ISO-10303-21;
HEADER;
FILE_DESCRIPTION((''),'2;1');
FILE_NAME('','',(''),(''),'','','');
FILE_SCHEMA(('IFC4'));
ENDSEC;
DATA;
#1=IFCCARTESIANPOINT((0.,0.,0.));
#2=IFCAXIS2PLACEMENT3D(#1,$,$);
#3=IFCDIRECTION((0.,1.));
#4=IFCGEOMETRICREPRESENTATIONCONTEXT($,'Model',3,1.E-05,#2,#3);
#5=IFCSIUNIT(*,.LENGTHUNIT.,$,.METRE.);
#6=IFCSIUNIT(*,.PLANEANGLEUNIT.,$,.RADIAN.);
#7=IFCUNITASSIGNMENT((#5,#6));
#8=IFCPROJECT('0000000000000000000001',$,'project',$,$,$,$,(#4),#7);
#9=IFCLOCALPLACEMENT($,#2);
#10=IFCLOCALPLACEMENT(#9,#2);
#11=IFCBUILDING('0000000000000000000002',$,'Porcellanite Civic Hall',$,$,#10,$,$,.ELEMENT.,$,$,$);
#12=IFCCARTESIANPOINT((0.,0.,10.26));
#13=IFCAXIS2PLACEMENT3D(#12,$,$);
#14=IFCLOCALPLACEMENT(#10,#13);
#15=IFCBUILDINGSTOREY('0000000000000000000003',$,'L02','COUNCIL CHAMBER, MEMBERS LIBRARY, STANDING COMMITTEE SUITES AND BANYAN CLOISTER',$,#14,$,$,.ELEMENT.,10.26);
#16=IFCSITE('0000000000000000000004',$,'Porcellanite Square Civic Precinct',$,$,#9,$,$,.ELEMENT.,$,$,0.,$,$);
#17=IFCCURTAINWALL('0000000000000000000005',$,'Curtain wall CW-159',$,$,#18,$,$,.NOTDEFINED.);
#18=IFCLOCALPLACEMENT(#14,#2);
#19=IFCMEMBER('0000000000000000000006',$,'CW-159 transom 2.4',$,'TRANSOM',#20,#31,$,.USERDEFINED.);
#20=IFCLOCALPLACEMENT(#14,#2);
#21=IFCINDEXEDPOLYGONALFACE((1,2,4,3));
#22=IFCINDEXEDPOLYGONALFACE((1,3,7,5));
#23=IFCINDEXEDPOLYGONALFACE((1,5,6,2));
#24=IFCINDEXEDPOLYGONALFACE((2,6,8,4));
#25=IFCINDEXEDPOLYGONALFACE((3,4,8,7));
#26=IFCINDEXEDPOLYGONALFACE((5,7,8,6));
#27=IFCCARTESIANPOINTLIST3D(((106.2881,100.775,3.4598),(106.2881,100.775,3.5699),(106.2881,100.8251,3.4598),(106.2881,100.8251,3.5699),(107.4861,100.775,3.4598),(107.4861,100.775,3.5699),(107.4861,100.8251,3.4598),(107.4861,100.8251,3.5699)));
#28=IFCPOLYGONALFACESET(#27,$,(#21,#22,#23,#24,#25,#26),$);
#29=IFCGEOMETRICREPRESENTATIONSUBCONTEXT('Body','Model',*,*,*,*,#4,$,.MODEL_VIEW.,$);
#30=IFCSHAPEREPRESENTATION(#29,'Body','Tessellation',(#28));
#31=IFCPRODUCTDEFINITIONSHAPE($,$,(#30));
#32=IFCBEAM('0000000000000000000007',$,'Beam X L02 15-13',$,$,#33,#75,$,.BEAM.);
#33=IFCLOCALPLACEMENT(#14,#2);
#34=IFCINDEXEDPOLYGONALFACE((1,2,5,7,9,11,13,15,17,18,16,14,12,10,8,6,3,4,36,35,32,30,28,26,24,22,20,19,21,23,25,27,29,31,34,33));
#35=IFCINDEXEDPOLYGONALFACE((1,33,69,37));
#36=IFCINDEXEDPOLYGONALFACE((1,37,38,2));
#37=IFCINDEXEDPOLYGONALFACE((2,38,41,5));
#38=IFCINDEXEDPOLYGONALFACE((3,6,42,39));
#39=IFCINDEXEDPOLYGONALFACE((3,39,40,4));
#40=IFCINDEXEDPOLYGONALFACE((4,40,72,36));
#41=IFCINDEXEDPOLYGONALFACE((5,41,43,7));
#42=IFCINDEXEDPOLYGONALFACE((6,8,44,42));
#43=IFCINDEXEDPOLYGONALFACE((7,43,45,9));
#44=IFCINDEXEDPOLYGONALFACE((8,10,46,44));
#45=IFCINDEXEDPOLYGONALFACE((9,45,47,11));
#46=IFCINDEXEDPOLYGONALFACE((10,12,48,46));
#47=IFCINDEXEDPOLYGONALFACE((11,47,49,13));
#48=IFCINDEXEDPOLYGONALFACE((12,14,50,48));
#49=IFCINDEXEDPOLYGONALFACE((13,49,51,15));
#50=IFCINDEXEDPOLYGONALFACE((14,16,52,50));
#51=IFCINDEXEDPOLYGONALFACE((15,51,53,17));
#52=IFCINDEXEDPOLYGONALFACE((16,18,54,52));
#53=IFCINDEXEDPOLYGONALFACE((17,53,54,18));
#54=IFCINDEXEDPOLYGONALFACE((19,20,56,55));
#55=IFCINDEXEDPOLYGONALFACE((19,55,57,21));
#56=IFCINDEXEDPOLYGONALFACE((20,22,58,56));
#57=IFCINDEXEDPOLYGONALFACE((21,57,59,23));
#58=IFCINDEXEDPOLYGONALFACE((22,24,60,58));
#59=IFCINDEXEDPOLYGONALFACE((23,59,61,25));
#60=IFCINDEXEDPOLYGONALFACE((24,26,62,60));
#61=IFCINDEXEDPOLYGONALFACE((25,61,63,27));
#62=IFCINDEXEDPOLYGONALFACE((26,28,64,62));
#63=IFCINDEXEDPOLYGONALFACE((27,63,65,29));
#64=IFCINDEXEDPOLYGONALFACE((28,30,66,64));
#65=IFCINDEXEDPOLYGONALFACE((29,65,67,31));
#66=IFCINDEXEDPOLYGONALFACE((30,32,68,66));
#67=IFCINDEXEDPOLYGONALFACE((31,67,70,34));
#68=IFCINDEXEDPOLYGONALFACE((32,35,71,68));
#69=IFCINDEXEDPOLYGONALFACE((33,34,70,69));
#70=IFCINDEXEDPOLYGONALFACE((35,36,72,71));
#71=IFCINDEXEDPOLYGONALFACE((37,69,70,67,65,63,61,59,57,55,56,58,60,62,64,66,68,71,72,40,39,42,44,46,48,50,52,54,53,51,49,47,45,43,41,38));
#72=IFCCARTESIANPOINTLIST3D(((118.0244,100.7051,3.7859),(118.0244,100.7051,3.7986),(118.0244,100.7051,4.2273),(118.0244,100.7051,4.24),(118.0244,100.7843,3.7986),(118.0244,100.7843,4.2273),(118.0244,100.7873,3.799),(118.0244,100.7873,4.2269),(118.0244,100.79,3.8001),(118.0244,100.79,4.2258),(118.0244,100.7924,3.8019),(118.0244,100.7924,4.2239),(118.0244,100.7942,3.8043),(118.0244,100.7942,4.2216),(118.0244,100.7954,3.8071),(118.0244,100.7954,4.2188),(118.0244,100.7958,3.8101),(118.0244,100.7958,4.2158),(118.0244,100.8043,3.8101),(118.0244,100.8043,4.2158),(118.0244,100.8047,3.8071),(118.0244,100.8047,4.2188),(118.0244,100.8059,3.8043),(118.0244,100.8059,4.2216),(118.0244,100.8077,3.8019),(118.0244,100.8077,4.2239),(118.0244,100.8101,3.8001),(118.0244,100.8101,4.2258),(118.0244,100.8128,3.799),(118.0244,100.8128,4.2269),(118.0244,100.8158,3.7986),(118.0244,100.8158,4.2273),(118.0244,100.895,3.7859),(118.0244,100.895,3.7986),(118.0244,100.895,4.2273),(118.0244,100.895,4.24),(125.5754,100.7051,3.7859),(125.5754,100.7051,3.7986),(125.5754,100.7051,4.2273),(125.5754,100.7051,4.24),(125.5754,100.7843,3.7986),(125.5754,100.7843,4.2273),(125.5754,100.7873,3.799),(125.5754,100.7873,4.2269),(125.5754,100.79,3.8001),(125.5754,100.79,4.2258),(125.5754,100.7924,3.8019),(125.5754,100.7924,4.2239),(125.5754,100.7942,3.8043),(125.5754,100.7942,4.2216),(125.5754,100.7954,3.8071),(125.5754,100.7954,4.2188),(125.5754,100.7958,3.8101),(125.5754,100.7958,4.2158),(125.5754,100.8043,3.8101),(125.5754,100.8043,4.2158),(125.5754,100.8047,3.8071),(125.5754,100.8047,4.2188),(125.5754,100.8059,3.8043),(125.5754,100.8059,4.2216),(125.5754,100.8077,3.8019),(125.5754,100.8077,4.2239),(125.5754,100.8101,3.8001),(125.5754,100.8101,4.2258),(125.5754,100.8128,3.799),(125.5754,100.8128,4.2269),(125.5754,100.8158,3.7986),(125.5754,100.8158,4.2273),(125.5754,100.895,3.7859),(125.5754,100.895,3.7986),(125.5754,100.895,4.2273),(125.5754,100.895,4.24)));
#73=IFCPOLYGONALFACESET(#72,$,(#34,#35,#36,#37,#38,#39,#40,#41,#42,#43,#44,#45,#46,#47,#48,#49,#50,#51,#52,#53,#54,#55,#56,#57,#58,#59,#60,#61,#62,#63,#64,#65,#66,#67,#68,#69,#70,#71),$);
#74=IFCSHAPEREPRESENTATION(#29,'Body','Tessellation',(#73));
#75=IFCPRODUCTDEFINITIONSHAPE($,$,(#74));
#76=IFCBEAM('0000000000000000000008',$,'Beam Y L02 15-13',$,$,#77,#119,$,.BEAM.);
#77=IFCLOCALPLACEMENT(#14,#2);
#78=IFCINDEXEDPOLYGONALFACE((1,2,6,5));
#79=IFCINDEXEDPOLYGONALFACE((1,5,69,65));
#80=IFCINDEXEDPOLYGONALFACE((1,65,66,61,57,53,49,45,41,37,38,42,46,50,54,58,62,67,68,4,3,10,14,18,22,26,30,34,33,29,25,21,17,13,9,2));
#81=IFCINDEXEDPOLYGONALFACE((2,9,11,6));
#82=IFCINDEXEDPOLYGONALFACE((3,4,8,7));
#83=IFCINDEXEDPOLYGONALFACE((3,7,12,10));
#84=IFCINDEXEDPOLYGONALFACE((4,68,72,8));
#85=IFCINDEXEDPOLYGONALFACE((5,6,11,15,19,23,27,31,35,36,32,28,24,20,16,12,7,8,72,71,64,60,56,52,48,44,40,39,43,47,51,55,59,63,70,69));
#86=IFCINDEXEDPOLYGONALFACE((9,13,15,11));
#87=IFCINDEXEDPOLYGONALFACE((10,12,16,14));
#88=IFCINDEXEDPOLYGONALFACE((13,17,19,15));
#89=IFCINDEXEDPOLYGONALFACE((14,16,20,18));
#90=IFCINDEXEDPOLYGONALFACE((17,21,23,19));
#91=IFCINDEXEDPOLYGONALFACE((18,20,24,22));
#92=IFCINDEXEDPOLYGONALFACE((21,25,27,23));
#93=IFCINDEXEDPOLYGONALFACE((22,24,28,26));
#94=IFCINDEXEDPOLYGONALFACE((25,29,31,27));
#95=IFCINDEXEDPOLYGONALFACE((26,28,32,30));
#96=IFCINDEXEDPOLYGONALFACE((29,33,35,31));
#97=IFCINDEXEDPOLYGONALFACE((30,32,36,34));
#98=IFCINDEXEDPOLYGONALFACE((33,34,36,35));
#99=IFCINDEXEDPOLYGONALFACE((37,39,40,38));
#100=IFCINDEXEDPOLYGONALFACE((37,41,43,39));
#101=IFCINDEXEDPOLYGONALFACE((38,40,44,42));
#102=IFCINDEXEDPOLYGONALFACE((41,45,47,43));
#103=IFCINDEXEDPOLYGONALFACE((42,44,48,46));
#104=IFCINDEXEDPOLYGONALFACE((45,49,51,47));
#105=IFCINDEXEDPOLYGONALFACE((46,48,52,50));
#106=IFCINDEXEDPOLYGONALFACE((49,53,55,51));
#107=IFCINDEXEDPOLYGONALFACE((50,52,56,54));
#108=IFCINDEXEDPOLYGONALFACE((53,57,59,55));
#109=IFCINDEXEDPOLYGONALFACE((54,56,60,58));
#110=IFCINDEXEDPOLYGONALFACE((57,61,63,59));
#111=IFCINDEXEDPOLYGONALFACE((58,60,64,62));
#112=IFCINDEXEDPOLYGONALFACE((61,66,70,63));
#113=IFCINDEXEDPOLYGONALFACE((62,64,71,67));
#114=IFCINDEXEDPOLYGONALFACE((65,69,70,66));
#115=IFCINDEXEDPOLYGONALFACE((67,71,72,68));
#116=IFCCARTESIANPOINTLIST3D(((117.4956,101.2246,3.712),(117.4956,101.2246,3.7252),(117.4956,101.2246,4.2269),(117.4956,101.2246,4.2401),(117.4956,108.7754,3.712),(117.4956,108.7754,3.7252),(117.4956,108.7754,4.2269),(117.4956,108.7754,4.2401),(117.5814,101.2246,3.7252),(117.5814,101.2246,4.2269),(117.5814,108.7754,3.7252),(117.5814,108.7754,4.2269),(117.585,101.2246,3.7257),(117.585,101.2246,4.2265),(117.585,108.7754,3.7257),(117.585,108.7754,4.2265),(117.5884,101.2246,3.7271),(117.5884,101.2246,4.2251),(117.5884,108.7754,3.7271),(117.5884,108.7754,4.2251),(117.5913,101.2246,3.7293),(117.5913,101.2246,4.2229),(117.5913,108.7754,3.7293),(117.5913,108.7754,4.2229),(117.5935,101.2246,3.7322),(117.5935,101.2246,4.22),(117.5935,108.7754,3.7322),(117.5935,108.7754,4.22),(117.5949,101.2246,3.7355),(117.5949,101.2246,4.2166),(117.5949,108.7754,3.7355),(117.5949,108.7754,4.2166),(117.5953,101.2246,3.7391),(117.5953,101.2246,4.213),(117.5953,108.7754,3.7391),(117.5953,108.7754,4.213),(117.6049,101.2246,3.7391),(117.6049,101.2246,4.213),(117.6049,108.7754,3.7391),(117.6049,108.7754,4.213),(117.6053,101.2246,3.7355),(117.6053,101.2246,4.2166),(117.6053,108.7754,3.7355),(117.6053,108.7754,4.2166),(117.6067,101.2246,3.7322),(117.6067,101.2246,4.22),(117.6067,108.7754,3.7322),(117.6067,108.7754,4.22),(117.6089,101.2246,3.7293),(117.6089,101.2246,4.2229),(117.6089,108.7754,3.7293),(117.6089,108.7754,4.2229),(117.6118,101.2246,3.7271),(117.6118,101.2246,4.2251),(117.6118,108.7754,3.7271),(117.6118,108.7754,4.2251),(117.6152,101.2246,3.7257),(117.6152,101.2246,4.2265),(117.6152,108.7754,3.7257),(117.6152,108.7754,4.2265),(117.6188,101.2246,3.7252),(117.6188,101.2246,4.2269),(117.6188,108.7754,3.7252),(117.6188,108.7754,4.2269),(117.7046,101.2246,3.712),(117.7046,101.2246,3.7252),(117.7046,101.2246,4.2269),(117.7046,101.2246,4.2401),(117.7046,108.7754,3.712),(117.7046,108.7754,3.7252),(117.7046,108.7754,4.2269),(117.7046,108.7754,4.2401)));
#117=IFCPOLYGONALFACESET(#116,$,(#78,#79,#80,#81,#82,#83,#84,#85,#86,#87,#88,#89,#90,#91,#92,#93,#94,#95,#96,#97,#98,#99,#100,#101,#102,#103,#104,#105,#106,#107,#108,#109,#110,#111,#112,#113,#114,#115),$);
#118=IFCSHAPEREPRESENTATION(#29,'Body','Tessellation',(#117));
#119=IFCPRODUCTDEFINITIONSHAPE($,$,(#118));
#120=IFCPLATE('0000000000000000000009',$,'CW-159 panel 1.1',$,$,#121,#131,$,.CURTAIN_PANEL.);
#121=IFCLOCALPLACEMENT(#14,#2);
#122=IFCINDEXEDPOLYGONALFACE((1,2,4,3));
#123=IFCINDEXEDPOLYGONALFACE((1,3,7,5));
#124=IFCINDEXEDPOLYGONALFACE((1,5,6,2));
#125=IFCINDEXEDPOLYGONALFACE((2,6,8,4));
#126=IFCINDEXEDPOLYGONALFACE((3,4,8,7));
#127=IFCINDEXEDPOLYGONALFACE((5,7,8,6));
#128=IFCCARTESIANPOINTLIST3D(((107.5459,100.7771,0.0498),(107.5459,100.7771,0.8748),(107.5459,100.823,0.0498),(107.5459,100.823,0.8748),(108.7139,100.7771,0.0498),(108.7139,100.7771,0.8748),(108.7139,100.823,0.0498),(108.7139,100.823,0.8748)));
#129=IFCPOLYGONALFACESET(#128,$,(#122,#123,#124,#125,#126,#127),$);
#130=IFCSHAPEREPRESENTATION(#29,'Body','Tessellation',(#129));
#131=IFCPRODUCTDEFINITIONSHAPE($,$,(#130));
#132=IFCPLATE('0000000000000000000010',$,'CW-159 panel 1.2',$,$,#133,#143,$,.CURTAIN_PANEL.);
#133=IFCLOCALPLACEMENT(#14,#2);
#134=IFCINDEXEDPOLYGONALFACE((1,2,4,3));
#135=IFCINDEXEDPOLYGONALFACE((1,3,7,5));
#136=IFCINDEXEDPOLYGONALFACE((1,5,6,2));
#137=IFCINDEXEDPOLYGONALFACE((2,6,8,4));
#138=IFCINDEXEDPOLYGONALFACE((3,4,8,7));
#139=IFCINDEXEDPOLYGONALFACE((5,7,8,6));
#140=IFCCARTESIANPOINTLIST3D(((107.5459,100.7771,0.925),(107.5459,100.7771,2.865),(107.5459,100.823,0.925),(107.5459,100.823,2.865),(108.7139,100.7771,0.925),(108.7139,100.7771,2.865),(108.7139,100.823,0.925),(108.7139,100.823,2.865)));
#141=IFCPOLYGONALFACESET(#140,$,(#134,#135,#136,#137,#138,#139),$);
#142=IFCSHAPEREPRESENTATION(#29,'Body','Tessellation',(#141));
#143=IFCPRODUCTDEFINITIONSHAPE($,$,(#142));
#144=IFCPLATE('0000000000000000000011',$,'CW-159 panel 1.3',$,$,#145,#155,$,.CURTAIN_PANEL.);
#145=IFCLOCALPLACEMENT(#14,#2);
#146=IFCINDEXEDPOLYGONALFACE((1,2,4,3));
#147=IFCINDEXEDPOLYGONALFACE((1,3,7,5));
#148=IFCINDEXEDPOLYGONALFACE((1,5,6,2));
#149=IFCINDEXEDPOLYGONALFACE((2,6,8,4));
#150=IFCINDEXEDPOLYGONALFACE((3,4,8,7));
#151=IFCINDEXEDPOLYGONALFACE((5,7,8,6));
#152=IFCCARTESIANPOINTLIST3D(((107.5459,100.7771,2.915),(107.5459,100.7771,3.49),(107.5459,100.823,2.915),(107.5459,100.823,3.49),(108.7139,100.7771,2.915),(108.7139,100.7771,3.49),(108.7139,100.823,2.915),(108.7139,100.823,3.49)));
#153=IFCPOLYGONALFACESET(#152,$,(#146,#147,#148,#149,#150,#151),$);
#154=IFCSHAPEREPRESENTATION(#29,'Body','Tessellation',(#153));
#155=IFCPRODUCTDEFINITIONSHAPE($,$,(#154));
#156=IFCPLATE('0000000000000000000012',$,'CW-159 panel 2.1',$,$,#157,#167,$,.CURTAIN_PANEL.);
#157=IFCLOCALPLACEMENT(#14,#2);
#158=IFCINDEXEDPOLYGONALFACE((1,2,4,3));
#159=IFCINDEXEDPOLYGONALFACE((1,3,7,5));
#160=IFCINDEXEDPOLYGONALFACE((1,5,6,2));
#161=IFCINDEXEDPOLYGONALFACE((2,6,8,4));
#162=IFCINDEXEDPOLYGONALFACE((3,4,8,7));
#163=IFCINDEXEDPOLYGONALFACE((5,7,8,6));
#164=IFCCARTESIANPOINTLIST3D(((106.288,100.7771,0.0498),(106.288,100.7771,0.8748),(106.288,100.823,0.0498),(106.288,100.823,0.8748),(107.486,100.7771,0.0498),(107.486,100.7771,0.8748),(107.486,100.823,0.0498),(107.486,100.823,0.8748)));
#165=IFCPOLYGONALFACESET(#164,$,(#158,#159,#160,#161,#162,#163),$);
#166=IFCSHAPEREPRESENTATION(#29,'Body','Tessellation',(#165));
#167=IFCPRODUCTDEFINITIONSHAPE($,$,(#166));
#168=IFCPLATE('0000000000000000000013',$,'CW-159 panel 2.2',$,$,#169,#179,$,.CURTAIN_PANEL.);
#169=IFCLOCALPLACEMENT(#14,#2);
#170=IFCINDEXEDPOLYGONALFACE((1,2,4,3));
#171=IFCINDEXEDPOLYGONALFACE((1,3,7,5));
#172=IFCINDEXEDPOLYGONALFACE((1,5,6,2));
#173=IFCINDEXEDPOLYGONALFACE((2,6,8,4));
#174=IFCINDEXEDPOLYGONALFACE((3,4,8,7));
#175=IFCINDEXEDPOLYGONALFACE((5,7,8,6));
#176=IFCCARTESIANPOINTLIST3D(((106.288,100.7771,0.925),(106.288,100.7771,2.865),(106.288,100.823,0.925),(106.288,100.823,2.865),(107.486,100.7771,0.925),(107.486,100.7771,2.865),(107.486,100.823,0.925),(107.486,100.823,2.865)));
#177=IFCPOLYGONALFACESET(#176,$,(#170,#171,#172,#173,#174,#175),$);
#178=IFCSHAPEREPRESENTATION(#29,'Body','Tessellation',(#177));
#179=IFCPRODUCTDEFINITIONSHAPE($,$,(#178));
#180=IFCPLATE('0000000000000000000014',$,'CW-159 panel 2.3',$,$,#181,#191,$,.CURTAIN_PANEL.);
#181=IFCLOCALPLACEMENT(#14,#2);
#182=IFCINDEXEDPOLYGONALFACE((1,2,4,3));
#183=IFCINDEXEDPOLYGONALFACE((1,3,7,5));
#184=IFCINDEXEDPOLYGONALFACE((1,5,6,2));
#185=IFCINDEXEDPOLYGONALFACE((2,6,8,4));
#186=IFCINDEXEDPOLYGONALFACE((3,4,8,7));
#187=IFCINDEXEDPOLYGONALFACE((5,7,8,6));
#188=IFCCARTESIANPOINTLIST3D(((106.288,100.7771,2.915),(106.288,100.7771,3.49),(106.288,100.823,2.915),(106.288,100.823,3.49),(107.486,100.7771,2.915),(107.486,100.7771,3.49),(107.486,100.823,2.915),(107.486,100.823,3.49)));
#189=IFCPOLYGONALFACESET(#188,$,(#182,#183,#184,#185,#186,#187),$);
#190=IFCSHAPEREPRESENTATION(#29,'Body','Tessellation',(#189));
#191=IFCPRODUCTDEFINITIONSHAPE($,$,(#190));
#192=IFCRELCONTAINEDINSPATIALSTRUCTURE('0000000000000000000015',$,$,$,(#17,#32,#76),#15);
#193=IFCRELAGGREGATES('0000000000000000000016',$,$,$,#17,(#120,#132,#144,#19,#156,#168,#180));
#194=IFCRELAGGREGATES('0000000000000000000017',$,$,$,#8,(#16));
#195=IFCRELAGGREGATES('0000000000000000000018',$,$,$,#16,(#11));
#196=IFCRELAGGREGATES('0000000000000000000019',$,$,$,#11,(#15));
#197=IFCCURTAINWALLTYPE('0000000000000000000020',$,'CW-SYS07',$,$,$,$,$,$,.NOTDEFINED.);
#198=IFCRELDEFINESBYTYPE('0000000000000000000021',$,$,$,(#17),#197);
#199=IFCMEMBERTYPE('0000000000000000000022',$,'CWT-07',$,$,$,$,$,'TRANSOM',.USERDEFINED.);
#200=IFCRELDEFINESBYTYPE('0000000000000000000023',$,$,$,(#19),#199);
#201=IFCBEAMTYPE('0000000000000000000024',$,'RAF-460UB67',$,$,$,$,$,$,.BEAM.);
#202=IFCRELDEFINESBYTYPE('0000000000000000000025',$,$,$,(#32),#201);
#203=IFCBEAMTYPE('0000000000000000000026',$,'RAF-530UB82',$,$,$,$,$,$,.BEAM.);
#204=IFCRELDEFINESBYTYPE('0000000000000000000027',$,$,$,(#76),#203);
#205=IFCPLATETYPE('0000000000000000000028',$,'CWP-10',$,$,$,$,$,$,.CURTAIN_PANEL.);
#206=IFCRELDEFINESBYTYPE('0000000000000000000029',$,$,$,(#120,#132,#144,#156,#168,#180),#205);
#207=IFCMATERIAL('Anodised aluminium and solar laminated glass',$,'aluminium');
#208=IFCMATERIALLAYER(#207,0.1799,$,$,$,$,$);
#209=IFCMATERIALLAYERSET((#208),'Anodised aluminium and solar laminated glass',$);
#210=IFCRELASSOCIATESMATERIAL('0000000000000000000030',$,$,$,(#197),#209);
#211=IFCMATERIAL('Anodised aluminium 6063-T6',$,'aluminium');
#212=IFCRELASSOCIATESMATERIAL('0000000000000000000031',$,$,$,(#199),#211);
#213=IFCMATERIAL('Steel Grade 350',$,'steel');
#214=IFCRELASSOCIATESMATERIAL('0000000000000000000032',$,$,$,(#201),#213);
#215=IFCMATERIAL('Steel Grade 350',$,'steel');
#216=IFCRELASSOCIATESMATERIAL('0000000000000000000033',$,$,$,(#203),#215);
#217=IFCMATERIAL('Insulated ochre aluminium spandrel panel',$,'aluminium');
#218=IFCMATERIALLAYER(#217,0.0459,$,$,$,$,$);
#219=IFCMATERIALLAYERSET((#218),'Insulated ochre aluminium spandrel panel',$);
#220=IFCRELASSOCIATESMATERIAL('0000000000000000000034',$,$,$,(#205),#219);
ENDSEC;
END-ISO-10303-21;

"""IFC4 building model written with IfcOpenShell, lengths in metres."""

from ifc_helpers import new_model, si_unit, direction, frame, origin, origin_2d, place, context, subcontext, project, spatial, rectangle, i_section, extrude, material, layer, layer_set, material_profile, profile_set, type_object, element, aggregate, save


model = new_model("IFC4")

# Units and contexts
model_context = context("Model", 3, precision=1e-05, world=origin(), true_north=direction((0.0, 1.0)))
body_context = subcontext(model_context, "Body", "Model", "MODEL_VIEW")
ifc_project = project(units=[si_unit("LENGTHUNIT", "METRE"), si_unit("PLANEANGLEUNIT", "RADIAN")], contexts=[model_context])

# Site, building, storey
site_placement = place(None, origin())
site = spatial("IfcSite", under=ifc_project, at=site_placement, Name="Porcellanite Square Civic Precinct", CompositionType="ELEMENT", RefElevation=0.0)
building_placement = place(site_placement, origin())
building = spatial("IfcBuilding", under=site, at=building_placement, Name="Porcellanite Civic Hall", CompositionType="ELEMENT")
storey_placement = place(building_placement, frame((0.0, 0.0, 10.26)))
storey = spatial("IfcBuildingStorey", under=building, at=storey_placement, Name="L02", Description="COUNCIL CHAMBER, MEMBERS LIBRARY, STANDING COMMITTEE SUITES AND BANYAN CLOISTER", CompositionType="ELEMENT", Elevation=10.26)

# Curtain wall, member
ifc_material_1 = material(Name="Anodised aluminium and solar laminated glass", Category="aluminium")
ifc_layer_1 = layer(ifc_material_1, 0.1799)
ifc_layer_set_1 = layer_set([ifc_layer_1], Name="Anodised aluminium and solar laminated glass")
curtain_wall_type = type_object("IfcCurtainWallType", Name="CW-SYS07", PredefinedType="NOTDEFINED", material=ifc_layer_set_1)
curtain_wall_placement = place(storey_placement, origin())
curtain_wall = element("IfcCurtainWall", 1, at=curtain_wall_placement, inside=storey, type_object=curtain_wall_type, Name="Curtain wall CW-159", PredefinedType="NOTDEFINED")
ifc_material_2 = material(Name="Anodised aluminium 6063-T6", Category="aluminium")
ifc_material_profile_1 = material_profile(ifc_material_2, rectangle(XDim=0.05, YDim=0.1101, at=origin_2d()), Name="AL-50x110")
ifc_profile_set_1 = profile_set([ifc_material_profile_1], Name="Anodised aluminium 6063-T6")
member_type_1 = type_object("IfcMemberType", Name="CWT-07", ElementType="TRANSOM", PredefinedType="USERDEFINED", material=ifc_profile_set_1)
member_1_placement = place(storey_placement, frame((107.4861, 100.8, 3.5149), z_axis=(-1.0, 0.0, 0.0), x_axis=(0.0, -1.0, 0.0)))
member_1 = element("IfcMember", 2, at=member_1_placement, type_object=member_type_1, Name="CW-159 transom 2.4", ObjectType="TRANSOM", PredefinedType="USERDEFINED", context=body_context, shape_type="SweptSolid", body=[
    extrude(rectangle(XDim=0.05, YDim=0.1101, at=origin_2d()), origin(), (0.0, 0.0, 1.0), 1.198),
])

# Beams
ifc_material_3 = material(Name="Steel Grade 350", Category="steel")
ifc_material_profile_2 = material_profile(ifc_material_3, i_section(OverallWidth=0.1899, OverallDepth=0.4541, WebThickness=0.0085, FlangeThickness=0.0127, FilletRadius=0.0115, at=origin_2d()), Name="460UB67.1")
ifc_profile_set_2 = profile_set([ifc_material_profile_2], Name="Steel Grade 350")
beam_type_1 = type_object("IfcBeamType", Name="RAF-460UB67", PredefinedType="BEAM", material=ifc_profile_set_2)
beam_1_placement = place(storey_placement, frame((118.0244, 100.8, 4.0129), z_axis=(1.0, 0.0, 0.0), x_axis=(0.0, 1.0, 0.0)))
element("IfcBeam", 3, at=beam_1_placement, inside=storey, type_object=beam_type_1, Name="Beam X L02 15-13", PredefinedType="BEAM", context=body_context, shape_type="SweptSolid", body=[
    extrude(i_section(OverallWidth=0.1899, OverallDepth=0.4541, WebThickness=0.0085, FlangeThickness=0.0127, FilletRadius=0.0115, at=origin_2d()), origin(), (0.0, 0.0, 1.0), 7.551),
])
ifc_material_4 = material(Name="Steel Grade 350", Category="steel")
ifc_material_profile_3 = material_profile(ifc_material_4, i_section(OverallWidth=0.209, OverallDepth=0.5281, WebThickness=0.0095, FlangeThickness=0.0132, FilletRadius=0.0139, at=origin_2d()), Name="530UB82.0")
ifc_profile_set_3 = profile_set([ifc_material_profile_3], Name="Steel Grade 350")
beam_type_2 = type_object("IfcBeamType", Name="RAF-530UB82", PredefinedType="BEAM", material=ifc_profile_set_3)
beam_2_placement = place(storey_placement, frame((117.6001, 101.2246, 3.9761), z_axis=(0.0, 1.0, 0.0), x_axis=(-1.0, 0.0, 0.0)))
element("IfcBeam", 4, at=beam_2_placement, inside=storey, type_object=beam_type_2, Name="Beam Y L02 15-13", PredefinedType="BEAM", context=body_context, shape_type="SweptSolid", body=[
    extrude(i_section(OverallWidth=0.209, OverallDepth=0.5281, WebThickness=0.0095, FlangeThickness=0.0132, FilletRadius=0.0139, at=origin_2d()), origin(), (0.0, 0.0, 1.0), 7.5508),
])

# Plates
ifc_material_5 = material(Name="Insulated ochre aluminium spandrel panel", Category="aluminium")
ifc_layer_2 = layer(ifc_material_5, 0.0459)
ifc_layer_set_2 = layer_set([ifc_layer_2], Name="Insulated ochre aluminium spandrel panel")
plate_type = type_object("IfcPlateType", Name="CWP-10", PredefinedType="CURTAIN_PANEL", material=ifc_layer_set_2)
plate_1_placement = place(storey_placement, frame((108.1299, 100.8, 0.0498), z_axis=(0.0, 0.0, 1.0), x_axis=(-1.0, 0.0, 0.0)))
plate_1 = element("IfcPlate", 5, at=plate_1_placement, type_object=plate_type, Name="CW-159 panel 1.1", PredefinedType="CURTAIN_PANEL", context=body_context, shape_type="SweptSolid", body=[
    extrude(rectangle(XDim=1.168, YDim=0.0459, at=origin_2d()), origin(), (0.0, 0.0, 1.0), 0.825),
])
plate_2_placement = place(storey_placement, frame((108.1299, 100.8, 0.925), z_axis=(0.0, 0.0, 1.0), x_axis=(-1.0, 0.0, 0.0)))
plate_2 = element("IfcPlate", 6, at=plate_2_placement, type_object=plate_type, Name="CW-159 panel 1.2", PredefinedType="CURTAIN_PANEL", context=body_context, shape_type="SweptSolid", body=[
    extrude(rectangle(XDim=1.168, YDim=0.0459, at=origin_2d()), origin(), (0.0, 0.0, 1.0), 1.9399),
])
plate_3_placement = place(storey_placement, frame((108.1299, 100.8, 2.915), z_axis=(0.0, 0.0, 1.0), x_axis=(-1.0, 0.0, 0.0)))
plate_3 = element("IfcPlate", 7, at=plate_3_placement, type_object=plate_type, Name="CW-159 panel 1.3", PredefinedType="CURTAIN_PANEL", context=body_context, shape_type="SweptSolid", body=[
    extrude(rectangle(XDim=1.168, YDim=0.0459, at=origin_2d()), origin(), (0.0, 0.0, 1.0), 0.575),
])
plate_4_placement = place(storey_placement, frame((106.887, 100.8, 0.0498), z_axis=(0.0, 0.0, 1.0), x_axis=(-1.0, 0.0, 0.0)))
plate_4 = element("IfcPlate", 8, at=plate_4_placement, type_object=plate_type, Name="CW-159 panel 2.1", PredefinedType="CURTAIN_PANEL", context=body_context, shape_type="SweptSolid", body=[
    extrude(rectangle(XDim=1.198, YDim=0.0459, at=origin_2d()), origin(), (0.0, 0.0, 1.0), 0.825),
])
plate_5_placement = place(storey_placement, frame((106.887, 100.8, 0.925), z_axis=(0.0, 0.0, 1.0), x_axis=(-1.0, 0.0, 0.0)))
plate_5 = element("IfcPlate", 9, at=plate_5_placement, type_object=plate_type, Name="CW-159 panel 2.2", PredefinedType="CURTAIN_PANEL", context=body_context, shape_type="SweptSolid", body=[
    extrude(rectangle(XDim=1.198, YDim=0.0459, at=origin_2d()), origin(), (0.0, 0.0, 1.0), 1.9399),
])
plate_6_placement = place(storey_placement, frame((106.887, 100.8, 2.915), z_axis=(0.0, 0.0, 1.0), x_axis=(-1.0, 0.0, 0.0)))
plate_6 = element("IfcPlate", 10, at=plate_6_placement, type_object=plate_type, Name="CW-159 panel 2.3", PredefinedType="CURTAIN_PANEL", context=body_context, shape_type="SweptSolid", body=[
    extrude(rectangle(XDim=1.198, YDim=0.0459, at=origin_2d()), origin(), (0.0, 0.0, 1.0), 0.575),
])
aggregate(curtain_wall, [plate_1, plate_2, plate_3, member_1, plate_4, plate_5, plate_6])

save(model, "model.ifc")
